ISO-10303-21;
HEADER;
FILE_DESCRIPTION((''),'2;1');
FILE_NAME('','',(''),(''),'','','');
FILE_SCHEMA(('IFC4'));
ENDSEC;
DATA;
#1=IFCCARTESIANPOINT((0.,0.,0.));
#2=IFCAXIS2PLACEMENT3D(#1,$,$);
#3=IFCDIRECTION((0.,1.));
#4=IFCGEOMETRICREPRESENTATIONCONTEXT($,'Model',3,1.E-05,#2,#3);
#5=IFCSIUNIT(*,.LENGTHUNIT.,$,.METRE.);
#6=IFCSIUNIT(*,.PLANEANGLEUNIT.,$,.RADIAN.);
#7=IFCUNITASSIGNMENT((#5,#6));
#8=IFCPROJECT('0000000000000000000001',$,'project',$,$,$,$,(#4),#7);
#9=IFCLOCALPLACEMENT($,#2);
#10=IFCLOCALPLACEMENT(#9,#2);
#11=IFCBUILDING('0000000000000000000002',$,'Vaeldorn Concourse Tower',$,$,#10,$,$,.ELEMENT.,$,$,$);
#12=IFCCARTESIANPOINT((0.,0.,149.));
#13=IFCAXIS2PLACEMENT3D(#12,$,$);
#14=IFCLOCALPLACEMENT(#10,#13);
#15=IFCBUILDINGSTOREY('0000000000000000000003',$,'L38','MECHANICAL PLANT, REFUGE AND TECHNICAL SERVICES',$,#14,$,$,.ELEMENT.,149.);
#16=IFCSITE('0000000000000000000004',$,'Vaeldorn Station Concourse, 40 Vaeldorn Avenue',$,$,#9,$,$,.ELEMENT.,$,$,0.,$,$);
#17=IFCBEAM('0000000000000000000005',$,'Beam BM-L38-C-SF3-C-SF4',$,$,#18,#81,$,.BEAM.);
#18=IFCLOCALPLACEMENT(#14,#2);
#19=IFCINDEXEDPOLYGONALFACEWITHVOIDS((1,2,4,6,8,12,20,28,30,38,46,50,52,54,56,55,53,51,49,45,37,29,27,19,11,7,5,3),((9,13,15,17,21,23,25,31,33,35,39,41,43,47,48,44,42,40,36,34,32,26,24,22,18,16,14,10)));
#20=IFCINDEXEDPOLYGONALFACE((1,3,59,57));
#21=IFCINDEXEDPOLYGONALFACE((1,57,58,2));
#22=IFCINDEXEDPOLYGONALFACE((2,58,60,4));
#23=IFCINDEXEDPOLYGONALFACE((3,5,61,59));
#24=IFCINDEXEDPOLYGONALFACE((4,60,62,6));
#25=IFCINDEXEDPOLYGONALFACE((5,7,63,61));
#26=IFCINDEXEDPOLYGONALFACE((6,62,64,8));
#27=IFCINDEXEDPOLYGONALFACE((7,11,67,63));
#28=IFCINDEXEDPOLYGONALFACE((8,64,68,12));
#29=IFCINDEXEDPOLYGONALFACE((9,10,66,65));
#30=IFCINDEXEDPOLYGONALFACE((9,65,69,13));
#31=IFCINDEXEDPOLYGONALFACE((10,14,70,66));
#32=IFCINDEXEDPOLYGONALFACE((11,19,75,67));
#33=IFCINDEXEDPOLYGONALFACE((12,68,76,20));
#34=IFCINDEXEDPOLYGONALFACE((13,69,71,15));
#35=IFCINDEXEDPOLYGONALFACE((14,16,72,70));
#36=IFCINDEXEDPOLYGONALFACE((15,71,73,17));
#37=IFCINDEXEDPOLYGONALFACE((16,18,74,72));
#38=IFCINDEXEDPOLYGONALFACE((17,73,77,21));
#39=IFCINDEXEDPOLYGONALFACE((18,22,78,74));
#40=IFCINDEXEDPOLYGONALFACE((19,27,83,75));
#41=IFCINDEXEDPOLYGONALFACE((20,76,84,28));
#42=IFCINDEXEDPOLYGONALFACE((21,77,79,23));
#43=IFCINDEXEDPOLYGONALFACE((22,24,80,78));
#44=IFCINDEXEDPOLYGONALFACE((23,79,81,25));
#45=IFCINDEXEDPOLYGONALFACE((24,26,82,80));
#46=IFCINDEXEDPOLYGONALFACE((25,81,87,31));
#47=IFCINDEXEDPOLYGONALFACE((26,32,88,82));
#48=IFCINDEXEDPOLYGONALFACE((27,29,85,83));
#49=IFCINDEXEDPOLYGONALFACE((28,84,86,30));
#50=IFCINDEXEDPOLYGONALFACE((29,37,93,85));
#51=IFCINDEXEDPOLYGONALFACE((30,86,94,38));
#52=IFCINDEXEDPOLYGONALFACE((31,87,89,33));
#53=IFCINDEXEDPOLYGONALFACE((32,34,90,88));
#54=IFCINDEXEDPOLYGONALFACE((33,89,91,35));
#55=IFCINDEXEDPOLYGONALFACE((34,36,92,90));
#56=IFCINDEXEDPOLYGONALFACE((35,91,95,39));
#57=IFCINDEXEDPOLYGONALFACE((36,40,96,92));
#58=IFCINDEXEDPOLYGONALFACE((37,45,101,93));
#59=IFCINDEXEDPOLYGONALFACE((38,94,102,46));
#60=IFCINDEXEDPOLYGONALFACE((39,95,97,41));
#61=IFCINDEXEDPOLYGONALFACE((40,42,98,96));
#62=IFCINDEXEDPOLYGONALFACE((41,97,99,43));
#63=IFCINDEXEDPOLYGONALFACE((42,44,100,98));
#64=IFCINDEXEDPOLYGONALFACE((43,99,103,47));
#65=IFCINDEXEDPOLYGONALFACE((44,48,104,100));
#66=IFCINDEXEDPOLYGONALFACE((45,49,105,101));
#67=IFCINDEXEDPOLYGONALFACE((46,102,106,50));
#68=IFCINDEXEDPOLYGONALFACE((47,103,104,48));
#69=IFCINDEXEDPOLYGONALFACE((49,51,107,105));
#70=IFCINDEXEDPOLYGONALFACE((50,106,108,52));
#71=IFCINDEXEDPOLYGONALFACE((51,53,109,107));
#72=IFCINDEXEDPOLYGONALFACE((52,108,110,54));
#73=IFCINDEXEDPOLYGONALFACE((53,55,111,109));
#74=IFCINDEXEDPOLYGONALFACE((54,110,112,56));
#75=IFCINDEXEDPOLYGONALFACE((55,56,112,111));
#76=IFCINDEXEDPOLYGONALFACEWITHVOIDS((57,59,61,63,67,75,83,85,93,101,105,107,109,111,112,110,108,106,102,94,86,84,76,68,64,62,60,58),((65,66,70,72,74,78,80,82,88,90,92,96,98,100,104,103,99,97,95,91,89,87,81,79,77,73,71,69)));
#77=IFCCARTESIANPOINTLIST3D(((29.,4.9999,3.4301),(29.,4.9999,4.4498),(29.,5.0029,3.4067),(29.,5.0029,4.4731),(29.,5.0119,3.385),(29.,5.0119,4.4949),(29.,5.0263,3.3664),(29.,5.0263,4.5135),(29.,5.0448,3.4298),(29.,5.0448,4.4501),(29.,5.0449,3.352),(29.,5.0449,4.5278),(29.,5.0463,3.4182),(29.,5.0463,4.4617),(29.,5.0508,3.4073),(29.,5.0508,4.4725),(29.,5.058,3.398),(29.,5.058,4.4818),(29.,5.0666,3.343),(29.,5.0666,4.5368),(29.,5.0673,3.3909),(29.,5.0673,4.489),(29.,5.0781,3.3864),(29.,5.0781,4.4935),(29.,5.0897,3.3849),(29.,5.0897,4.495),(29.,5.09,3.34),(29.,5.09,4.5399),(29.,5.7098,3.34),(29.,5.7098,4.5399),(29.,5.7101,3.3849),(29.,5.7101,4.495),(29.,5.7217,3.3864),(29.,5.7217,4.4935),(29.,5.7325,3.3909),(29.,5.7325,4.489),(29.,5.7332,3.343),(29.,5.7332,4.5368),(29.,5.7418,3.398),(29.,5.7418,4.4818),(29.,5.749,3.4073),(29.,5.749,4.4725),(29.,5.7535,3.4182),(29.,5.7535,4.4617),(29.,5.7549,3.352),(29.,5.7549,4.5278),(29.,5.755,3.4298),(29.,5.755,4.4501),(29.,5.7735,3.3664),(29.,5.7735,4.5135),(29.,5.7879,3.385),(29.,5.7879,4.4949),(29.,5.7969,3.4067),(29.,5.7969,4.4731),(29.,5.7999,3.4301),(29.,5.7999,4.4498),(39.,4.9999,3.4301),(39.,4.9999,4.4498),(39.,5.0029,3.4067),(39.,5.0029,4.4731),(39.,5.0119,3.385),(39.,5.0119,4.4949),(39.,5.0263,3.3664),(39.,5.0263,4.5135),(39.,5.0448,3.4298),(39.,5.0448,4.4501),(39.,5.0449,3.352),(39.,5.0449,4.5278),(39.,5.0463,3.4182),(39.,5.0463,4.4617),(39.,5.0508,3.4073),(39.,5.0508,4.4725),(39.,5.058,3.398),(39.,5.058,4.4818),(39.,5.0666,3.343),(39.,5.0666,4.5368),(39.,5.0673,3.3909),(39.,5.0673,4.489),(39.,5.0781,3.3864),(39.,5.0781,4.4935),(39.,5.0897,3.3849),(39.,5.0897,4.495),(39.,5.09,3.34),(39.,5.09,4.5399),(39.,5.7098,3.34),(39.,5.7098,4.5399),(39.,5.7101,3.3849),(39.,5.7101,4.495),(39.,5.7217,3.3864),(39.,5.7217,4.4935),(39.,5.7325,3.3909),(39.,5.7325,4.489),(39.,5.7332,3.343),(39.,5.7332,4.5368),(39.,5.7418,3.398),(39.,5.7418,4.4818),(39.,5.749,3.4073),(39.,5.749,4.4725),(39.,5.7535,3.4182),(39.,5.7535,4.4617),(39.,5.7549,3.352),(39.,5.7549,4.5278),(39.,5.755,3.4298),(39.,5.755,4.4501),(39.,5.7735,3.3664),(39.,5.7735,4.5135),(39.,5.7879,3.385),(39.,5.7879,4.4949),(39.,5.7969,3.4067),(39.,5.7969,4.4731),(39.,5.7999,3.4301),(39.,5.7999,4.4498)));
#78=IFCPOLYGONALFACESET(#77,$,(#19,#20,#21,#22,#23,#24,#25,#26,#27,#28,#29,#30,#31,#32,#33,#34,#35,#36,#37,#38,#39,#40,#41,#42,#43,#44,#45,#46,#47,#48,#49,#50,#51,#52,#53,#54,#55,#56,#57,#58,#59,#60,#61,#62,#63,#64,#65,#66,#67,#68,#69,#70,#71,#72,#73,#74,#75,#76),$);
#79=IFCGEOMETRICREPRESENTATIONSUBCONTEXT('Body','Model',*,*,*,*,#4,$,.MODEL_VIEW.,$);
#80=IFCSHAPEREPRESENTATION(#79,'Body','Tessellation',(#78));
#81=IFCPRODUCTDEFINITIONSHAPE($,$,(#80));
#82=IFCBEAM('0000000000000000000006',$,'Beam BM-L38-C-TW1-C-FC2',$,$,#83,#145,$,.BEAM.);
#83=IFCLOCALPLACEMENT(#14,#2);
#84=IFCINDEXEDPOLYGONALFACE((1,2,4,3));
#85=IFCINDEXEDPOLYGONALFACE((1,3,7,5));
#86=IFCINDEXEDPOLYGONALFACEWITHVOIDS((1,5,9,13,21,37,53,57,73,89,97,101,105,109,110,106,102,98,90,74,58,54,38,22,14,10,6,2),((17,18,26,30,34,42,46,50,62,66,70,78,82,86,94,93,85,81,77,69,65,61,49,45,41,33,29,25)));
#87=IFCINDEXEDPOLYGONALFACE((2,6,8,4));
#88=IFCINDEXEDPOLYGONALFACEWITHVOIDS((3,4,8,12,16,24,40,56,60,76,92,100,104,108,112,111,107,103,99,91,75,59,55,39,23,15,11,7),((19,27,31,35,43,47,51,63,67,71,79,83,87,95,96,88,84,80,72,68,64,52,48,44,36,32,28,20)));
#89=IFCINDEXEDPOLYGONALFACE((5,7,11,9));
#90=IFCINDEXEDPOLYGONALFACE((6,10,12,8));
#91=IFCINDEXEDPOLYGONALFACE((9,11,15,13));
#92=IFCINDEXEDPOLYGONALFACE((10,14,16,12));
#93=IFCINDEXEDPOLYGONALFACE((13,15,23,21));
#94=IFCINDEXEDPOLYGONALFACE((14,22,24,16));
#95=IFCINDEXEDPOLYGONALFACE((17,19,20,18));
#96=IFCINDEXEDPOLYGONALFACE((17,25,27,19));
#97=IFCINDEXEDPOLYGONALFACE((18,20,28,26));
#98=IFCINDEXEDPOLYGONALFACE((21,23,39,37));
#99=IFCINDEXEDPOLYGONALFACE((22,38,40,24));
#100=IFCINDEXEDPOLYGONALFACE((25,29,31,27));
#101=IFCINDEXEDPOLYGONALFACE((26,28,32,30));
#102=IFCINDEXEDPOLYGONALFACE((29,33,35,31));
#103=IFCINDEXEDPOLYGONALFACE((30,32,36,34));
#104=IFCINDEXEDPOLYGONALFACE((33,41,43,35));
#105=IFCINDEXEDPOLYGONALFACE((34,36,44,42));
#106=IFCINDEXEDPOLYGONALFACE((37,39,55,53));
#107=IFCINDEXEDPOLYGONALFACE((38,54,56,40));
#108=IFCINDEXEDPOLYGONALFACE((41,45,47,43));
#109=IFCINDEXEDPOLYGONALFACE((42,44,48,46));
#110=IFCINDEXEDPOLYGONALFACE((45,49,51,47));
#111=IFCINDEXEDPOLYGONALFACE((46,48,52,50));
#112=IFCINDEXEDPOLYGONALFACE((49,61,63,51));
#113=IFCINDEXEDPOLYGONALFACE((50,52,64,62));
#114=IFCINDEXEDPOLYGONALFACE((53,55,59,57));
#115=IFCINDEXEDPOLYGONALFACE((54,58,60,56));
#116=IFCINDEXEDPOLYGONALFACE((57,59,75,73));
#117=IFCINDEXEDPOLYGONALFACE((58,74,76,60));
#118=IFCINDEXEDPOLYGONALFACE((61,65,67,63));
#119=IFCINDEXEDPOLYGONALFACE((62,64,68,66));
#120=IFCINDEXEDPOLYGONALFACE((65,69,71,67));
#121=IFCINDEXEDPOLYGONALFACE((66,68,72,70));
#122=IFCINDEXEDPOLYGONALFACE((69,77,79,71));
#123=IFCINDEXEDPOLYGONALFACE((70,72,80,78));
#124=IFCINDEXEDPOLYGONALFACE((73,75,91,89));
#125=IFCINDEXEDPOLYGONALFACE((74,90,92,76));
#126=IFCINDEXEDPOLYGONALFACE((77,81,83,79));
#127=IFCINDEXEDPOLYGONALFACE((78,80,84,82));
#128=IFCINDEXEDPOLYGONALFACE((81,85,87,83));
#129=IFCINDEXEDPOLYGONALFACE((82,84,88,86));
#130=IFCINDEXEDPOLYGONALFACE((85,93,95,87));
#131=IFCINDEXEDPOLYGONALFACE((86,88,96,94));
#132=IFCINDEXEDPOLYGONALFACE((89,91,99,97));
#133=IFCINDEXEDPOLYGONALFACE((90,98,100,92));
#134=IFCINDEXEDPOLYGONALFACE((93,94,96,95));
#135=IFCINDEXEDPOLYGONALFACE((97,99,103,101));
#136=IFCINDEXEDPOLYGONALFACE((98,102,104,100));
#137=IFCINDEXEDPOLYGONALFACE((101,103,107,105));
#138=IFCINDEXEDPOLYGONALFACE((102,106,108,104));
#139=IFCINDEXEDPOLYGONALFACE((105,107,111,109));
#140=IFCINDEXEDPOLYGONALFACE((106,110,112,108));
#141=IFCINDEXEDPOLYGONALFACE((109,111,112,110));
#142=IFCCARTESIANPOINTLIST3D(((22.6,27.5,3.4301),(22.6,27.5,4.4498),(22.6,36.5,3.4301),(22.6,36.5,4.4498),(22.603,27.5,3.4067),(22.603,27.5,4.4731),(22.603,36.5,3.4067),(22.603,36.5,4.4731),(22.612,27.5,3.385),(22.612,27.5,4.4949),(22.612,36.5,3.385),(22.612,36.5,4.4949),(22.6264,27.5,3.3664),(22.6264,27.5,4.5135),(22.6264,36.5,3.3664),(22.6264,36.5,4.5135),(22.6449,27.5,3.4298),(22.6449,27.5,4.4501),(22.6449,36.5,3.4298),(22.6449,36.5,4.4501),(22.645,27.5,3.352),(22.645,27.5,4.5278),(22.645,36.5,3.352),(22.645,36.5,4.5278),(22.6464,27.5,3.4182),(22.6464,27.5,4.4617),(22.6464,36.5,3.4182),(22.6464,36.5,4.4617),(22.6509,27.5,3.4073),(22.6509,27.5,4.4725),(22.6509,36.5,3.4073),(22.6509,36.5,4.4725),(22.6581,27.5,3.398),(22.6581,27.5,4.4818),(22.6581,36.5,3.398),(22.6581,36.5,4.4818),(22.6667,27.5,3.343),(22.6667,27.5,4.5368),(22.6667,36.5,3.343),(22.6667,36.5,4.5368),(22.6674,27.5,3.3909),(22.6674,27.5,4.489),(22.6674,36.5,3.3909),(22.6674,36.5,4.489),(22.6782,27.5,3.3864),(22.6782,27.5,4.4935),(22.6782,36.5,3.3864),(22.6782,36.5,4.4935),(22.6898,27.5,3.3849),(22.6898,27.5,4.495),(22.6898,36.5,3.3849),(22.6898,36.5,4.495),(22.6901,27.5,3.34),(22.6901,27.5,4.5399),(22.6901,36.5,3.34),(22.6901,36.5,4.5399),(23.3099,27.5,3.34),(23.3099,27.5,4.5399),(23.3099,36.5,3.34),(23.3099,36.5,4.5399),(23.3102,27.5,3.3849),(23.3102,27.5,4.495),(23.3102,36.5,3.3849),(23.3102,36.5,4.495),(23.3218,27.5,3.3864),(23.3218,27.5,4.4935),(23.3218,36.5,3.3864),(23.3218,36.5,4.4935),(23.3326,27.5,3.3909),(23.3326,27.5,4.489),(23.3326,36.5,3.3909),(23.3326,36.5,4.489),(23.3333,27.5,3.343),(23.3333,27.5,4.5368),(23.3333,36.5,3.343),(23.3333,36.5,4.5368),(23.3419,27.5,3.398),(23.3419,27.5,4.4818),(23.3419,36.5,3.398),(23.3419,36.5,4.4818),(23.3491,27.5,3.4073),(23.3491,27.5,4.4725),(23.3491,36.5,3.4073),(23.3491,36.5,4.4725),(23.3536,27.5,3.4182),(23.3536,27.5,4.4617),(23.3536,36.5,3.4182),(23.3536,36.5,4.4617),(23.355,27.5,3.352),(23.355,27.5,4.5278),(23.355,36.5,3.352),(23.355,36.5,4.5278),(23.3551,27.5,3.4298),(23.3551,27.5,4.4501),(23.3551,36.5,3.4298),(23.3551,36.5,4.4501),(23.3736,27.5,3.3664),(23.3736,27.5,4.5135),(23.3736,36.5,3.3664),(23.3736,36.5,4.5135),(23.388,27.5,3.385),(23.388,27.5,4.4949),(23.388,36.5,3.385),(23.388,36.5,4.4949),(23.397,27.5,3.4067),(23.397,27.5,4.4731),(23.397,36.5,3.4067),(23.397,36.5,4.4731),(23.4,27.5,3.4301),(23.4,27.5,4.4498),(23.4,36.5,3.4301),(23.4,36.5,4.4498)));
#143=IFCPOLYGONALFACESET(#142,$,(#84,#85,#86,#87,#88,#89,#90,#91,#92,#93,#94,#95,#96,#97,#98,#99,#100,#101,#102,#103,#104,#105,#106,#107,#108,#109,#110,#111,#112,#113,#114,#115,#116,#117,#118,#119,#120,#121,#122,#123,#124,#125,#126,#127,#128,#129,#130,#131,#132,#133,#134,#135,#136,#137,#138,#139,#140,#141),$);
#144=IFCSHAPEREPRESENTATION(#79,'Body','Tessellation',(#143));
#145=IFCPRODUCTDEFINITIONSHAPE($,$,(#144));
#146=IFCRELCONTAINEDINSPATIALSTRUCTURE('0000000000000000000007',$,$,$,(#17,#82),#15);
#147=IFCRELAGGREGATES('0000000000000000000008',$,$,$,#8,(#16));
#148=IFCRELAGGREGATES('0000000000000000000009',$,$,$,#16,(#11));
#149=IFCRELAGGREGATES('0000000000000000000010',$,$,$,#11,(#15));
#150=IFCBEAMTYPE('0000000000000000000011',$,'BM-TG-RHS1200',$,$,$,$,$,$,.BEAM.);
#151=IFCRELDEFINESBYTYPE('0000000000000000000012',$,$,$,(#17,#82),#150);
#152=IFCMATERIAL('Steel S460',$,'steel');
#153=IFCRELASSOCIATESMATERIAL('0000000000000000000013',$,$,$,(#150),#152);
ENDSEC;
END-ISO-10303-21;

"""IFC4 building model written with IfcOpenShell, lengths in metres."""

from ifc_helpers import new_model, si_unit, direction, frame, origin, origin_2d, place, context, subcontext, project, spatial, hollow_rectangle, extrude, source, transform, mapped, material, material_profile, profile_set, type_object, element, save


model = new_model("IFC4")

# Units and contexts
model_context = context("Model", 3, precision=1e-05, world=origin(), true_north=direction((0.0, 1.0)))
body_context = subcontext(model_context, "Body", "Model", "MODEL_VIEW")
ifc_project = project(units=[si_unit("LENGTHUNIT", "METRE"), si_unit("PLANEANGLEUNIT", "RADIAN")], contexts=[model_context])

# Site, building, storey
site_placement = place(None, origin())
site = spatial("IfcSite", under=ifc_project, at=site_placement, Name="Vaeldorn Station Concourse, 40 Vaeldorn Avenue", CompositionType="ELEMENT", RefElevation=0.0)
building_placement = place(site_placement, origin())
building = spatial("IfcBuilding", under=site, at=building_placement, Name="Vaeldorn Concourse Tower", CompositionType="ELEMENT")
storey_placement = place(building_placement, frame((0.0, 0.0, 149.0)))
storey = spatial("IfcBuildingStorey", under=building, at=storey_placement, Name="L38", Description="MECHANICAL PLANT, REFUGE AND TECHNICAL SERVICES", CompositionType="ELEMENT", Elevation=149.0)

# Shared definitions
ifc_material_1 = material(Name="Steel S460", Category="steel")

# Beams
ifc_material_profile_1 = material_profile(ifc_material_1, hollow_rectangle(XDim=0.8, YDim=1.2, WallThickness=0.0449, InnerFilletRadius=0.0449, OuterFilletRadius=0.0901, at=origin_2d()), Name="RHS 1200x800x45")
ifc_profile_set_1 = profile_set([ifc_material_profile_1], Name="Steel S460")
beam_type_1 = type_object("IfcBeamType", Name="BM-TG-RHS1200", PredefinedType="BEAM", material=ifc_profile_set_1)
shared_shape_1 = source(origin(), body_context, "Body", "SweptSolid", [
    extrude(hollow_rectangle(XDim=0.8, YDim=1.2, WallThickness=0.0449, InnerFilletRadius=0.0449, OuterFilletRadius=0.0901, at=origin_2d()), origin(), (0.0, 0.0, 1.0), 10.0),
])
for number, where, z_axis, x_axis, name in (
    (1, (29.0, 5.3999, 3.9399), (1.0, 0.0, 0.0), (0.0, 1.0, 0.0), "Beam BM-L38-C-SF3-C-SF4"),
):
    element("IfcBeam", number, at=place(storey_placement, frame(where, z_axis=z_axis, x_axis=x_axis)), inside=storey, type_object=beam_type_1, Name=name, PredefinedType="BEAM", context=body_context, shape_type="MappedRepresentation", body=[
        mapped(shared_shape_1, transform((0.0, 0.0, 0.0), scale=1.0)),
    ])
shared_shape_2 = source(origin(), body_context, "Body", "SweptSolid", [
    extrude(hollow_rectangle(XDim=0.8, YDim=1.2, WallThickness=0.0449, InnerFilletRadius=0.0449, OuterFilletRadius=0.0901, at=origin_2d()), origin(), (0.0, 0.0, 1.0), 9.0),
])
for number, where, z_axis, x_axis, name in (
    (2, (23.0, 27.5, 3.9399), (0.0, 1.0, 0.0), (-1.0, 0.0, 0.0), "Beam BM-L38-C-TW1-C-FC2"),
):
    element("IfcBeam", number, at=place(storey_placement, frame(where, z_axis=z_axis, x_axis=x_axis)), inside=storey, type_object=beam_type_1, Name=name, PredefinedType="BEAM", context=body_context, shape_type="MappedRepresentation", body=[
        mapped(shared_shape_2, transform((0.0, 0.0, 0.0), scale=1.0)),
    ])

save(model, "model.ifc")
